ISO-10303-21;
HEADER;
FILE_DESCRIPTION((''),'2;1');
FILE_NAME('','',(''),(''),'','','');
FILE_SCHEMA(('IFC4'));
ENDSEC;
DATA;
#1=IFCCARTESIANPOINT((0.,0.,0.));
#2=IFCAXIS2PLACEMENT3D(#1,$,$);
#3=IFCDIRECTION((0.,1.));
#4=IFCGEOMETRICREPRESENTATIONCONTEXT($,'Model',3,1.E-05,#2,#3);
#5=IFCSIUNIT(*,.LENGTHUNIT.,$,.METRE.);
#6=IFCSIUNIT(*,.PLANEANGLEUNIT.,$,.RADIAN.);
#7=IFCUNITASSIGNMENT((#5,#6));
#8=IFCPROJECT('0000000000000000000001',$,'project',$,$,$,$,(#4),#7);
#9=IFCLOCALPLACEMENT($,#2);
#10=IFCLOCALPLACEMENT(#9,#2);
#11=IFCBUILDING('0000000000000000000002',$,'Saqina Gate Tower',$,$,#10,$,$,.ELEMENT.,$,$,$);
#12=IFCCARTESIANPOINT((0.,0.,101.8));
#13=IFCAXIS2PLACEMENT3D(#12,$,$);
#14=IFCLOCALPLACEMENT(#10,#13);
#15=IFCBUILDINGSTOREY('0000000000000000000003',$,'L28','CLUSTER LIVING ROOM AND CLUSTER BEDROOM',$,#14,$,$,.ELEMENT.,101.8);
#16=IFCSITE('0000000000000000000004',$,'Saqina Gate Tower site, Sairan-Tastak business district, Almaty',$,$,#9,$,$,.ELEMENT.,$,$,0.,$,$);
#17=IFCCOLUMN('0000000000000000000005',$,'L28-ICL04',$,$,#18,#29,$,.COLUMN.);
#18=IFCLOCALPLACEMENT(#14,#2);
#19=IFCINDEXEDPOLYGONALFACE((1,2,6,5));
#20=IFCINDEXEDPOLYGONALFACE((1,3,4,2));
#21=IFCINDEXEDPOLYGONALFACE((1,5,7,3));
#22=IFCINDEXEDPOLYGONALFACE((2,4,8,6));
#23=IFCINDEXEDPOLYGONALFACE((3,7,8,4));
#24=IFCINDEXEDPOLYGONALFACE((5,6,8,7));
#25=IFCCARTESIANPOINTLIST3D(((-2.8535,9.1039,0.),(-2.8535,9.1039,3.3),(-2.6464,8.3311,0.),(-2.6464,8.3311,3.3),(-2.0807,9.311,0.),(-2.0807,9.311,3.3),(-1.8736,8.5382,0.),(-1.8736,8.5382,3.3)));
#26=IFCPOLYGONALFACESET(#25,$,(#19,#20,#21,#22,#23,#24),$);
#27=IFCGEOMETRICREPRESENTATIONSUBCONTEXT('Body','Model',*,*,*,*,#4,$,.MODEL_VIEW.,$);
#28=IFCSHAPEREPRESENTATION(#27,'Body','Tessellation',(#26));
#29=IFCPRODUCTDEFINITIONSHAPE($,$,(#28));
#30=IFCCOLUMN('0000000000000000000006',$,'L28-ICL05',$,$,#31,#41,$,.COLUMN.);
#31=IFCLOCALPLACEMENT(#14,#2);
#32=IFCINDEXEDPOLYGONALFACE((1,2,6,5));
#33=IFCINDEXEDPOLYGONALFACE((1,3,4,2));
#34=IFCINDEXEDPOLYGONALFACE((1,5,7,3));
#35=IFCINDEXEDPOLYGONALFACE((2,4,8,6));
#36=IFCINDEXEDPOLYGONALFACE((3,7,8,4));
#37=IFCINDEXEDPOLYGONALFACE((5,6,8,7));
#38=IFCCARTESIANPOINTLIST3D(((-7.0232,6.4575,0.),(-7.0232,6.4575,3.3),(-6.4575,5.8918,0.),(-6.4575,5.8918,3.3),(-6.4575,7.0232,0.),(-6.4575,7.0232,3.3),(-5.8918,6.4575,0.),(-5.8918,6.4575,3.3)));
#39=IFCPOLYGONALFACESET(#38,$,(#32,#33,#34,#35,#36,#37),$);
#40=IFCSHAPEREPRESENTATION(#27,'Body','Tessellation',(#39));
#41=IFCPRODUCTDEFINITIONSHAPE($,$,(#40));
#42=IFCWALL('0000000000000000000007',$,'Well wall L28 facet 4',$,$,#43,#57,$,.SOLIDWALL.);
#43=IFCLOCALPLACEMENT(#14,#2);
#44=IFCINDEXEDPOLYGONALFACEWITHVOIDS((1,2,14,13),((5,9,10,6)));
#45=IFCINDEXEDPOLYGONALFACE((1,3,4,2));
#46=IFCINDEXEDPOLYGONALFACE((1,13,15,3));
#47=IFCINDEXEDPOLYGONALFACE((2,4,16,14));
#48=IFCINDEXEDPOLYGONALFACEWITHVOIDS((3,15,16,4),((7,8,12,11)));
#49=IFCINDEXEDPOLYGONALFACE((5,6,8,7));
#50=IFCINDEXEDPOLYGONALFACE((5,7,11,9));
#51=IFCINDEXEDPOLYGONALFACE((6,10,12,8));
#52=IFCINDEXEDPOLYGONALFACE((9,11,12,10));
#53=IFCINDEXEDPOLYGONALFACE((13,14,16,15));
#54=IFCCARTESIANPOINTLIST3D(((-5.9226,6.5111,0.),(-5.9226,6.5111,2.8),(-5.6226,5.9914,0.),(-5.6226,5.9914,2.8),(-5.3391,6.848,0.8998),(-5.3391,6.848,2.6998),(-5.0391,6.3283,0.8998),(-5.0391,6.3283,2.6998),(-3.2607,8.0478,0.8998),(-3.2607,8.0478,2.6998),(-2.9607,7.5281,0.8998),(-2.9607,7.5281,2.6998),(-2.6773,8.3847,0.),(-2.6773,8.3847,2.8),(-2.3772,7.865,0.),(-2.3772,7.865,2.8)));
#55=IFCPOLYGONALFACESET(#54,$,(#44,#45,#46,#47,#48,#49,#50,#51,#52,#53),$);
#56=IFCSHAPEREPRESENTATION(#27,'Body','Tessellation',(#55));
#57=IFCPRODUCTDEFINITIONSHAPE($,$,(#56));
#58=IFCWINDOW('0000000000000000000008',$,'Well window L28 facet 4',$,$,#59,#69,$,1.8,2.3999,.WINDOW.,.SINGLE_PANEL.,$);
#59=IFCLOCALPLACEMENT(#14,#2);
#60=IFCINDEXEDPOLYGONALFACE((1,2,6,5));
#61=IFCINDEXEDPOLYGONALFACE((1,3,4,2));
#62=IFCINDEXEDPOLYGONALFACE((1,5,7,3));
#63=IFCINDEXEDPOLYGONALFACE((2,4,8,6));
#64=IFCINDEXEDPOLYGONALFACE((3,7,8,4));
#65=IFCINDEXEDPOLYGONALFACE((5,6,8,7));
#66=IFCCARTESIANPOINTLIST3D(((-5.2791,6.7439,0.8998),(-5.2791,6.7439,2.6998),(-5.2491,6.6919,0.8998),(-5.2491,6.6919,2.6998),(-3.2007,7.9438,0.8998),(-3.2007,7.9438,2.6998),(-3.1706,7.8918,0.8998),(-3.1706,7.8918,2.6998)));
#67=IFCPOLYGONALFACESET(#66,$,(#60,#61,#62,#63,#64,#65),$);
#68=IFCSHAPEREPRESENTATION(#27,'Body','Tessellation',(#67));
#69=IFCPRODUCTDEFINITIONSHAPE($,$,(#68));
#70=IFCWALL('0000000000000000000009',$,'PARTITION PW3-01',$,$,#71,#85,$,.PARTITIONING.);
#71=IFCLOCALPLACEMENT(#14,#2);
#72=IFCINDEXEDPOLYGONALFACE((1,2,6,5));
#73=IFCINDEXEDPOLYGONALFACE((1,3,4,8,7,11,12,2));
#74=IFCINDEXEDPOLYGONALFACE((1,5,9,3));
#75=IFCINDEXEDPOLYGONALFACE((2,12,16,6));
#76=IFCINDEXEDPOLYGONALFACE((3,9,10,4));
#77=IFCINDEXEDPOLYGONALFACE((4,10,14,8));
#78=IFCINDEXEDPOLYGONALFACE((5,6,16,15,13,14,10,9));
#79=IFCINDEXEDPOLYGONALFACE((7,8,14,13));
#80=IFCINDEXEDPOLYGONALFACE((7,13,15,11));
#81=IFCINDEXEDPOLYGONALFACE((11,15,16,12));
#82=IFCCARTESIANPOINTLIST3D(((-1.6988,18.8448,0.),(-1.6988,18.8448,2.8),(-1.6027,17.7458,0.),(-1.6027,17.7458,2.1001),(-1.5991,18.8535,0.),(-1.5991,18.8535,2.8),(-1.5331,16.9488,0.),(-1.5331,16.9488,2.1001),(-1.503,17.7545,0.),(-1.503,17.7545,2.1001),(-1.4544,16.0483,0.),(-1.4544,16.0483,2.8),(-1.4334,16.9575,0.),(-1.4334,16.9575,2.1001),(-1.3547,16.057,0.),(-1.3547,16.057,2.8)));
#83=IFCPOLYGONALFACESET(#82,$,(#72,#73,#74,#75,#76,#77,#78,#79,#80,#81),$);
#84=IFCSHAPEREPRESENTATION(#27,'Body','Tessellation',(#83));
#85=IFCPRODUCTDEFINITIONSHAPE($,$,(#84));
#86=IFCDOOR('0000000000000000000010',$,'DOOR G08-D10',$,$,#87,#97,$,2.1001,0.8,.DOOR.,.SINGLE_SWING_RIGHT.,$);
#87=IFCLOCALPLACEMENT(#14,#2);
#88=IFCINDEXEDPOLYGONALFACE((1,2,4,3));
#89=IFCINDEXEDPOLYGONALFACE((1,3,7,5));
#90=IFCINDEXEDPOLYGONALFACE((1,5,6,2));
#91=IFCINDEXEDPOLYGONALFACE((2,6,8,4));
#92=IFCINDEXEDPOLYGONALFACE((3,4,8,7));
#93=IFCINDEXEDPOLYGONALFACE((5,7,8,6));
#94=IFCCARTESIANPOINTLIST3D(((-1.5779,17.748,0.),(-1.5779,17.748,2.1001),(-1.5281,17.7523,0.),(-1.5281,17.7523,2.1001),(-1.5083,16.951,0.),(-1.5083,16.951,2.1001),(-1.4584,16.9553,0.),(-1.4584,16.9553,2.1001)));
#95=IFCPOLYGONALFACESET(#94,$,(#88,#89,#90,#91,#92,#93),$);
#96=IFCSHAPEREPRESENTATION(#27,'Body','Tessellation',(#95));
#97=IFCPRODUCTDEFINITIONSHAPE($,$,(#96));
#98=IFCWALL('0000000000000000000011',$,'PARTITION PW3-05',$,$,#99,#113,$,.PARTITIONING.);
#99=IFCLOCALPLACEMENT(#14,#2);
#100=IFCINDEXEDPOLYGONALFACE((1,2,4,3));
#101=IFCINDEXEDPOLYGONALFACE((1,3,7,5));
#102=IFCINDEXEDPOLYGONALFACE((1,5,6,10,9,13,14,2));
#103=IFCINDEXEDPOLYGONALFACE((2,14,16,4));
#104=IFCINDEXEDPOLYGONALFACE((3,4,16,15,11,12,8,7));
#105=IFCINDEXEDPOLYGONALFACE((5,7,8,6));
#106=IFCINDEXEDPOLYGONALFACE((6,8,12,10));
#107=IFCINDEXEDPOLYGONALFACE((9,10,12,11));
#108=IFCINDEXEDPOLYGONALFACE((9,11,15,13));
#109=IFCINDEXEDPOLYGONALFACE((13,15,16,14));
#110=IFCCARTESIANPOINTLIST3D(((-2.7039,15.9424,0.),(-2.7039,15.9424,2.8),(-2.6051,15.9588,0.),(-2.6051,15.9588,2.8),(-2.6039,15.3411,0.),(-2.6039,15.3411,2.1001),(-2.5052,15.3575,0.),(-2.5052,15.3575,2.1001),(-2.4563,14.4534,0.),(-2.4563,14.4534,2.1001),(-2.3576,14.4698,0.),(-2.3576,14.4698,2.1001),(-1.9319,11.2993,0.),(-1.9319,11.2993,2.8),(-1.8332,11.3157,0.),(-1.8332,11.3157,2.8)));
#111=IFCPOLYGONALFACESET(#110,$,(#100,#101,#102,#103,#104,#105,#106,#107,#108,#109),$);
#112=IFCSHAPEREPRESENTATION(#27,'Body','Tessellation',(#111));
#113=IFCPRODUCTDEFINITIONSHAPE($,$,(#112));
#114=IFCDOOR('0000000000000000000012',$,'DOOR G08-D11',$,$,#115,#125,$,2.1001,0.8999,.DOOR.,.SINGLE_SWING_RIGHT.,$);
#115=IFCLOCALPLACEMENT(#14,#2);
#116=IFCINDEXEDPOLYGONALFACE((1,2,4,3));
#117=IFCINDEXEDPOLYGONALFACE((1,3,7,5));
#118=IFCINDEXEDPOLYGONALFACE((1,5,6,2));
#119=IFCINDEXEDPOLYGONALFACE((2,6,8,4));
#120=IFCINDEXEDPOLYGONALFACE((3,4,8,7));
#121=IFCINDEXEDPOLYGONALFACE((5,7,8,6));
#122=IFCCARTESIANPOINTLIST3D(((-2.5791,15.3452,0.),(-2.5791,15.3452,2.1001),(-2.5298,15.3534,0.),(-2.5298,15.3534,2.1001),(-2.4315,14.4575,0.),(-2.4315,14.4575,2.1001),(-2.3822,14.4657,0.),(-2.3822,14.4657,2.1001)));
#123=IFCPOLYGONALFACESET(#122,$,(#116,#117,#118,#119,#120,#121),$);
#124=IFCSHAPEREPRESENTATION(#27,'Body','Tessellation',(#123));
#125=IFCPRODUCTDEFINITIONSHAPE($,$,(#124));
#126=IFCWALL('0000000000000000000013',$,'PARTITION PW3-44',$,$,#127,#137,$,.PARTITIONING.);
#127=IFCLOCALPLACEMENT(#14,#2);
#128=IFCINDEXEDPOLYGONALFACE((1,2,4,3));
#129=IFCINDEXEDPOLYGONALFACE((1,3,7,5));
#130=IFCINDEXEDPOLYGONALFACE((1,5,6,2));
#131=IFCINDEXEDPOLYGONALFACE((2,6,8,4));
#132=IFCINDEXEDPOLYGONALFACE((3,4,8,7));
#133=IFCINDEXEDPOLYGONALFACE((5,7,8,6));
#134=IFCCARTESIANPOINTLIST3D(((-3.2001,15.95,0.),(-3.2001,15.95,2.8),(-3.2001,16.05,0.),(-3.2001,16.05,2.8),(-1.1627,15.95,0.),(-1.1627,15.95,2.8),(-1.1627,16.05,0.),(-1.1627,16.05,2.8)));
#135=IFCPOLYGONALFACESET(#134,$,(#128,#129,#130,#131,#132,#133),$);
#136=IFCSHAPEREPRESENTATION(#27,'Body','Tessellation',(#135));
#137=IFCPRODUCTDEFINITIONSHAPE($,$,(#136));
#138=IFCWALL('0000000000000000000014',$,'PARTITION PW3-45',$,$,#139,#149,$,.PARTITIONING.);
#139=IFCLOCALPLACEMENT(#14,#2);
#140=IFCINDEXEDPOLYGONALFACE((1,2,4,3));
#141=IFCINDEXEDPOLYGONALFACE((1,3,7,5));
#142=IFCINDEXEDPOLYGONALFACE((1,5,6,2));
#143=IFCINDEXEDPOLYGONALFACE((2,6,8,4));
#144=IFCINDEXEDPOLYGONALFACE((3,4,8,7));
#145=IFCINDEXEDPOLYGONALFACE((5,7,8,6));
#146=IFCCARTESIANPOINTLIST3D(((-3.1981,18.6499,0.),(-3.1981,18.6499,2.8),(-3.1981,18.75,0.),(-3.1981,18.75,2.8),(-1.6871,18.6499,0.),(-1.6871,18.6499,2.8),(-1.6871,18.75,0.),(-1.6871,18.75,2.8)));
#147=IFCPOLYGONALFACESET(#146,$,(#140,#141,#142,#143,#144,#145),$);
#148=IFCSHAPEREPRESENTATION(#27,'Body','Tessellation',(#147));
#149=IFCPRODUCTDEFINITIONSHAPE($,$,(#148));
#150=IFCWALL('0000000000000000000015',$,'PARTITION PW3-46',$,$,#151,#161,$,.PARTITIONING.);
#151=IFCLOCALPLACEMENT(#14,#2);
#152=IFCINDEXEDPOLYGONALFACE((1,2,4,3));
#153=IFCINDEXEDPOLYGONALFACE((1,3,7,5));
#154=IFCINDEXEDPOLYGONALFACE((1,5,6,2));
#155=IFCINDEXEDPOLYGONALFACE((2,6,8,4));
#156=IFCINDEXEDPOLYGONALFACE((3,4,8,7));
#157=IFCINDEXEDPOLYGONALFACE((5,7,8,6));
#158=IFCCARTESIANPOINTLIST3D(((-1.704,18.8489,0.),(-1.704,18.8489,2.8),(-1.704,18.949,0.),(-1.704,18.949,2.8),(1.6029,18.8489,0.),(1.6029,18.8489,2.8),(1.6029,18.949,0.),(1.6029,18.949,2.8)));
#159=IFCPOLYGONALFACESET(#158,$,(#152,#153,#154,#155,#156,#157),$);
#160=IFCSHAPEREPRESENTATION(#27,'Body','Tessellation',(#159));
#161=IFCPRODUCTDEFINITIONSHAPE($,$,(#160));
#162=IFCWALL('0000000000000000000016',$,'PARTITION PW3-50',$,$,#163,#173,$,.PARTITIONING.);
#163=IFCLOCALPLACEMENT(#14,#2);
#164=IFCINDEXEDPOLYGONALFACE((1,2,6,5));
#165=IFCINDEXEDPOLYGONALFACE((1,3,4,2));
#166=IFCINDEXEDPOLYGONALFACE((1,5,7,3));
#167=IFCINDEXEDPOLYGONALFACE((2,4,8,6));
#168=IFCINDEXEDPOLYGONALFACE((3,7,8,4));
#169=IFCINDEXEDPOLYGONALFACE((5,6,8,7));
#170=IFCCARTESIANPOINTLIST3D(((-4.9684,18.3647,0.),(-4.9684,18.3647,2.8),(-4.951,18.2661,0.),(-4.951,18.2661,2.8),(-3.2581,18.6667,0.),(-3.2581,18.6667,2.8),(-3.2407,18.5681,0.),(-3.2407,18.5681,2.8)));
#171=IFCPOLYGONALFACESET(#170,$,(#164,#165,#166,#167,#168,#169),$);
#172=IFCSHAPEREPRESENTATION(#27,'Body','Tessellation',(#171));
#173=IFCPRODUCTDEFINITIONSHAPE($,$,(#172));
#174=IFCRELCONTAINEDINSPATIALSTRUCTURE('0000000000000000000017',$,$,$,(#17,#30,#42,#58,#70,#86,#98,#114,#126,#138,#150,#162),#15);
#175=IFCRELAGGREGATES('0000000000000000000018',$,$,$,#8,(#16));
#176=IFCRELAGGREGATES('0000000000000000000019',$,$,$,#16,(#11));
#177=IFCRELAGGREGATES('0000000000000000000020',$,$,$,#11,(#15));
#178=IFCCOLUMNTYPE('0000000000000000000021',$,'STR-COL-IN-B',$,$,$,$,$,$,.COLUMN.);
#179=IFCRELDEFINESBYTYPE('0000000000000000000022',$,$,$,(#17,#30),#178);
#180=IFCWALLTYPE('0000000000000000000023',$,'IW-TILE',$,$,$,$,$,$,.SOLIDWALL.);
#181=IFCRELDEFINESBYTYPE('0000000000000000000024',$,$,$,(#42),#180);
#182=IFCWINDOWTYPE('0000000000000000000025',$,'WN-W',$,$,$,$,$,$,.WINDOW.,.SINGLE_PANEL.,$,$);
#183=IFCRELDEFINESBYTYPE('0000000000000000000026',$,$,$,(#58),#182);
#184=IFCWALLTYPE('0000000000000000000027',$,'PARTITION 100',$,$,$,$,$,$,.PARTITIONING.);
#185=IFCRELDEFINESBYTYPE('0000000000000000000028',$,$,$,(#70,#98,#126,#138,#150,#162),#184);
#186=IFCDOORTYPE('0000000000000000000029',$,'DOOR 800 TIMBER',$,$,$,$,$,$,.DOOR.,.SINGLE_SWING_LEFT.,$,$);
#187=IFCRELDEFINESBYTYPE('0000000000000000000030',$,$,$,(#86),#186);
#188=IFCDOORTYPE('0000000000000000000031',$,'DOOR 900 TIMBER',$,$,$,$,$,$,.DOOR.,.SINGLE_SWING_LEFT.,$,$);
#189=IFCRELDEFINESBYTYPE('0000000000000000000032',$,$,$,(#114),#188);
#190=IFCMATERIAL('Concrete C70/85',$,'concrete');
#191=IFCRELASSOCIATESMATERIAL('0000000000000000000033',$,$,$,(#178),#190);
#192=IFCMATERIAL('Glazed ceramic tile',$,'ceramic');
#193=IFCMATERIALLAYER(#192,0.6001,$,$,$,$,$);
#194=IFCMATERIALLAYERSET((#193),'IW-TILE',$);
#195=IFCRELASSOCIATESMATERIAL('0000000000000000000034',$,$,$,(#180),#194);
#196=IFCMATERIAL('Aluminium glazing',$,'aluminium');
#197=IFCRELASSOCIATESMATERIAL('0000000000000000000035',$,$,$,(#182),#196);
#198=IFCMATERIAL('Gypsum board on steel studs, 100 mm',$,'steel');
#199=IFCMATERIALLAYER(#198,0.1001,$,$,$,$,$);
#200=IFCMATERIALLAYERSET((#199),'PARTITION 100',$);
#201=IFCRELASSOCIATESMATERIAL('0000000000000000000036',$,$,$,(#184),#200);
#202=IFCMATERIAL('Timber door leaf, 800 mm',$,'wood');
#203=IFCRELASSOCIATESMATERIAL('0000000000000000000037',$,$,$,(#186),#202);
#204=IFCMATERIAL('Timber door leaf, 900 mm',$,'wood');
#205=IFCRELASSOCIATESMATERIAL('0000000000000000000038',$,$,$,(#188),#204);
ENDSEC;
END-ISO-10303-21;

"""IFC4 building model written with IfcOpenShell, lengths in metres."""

from ifc_helpers import new_model, si_unit, direction, frame, frame_2d, origin, origin_2d, place, context, subcontext, project, spatial, rectangle, extrude, material, layer, layer_set, material_profile, profile_set, type_object, element, fill, save


model = new_model("IFC4")

# Units and contexts
model_context = context("Model", 3, precision=1e-05, world=origin(), true_north=direction((0.0, 1.0)))
body_context = subcontext(model_context, "Body", "Model", "MODEL_VIEW")
ifc_project = project(units=[si_unit("LENGTHUNIT", "METRE"), si_unit("PLANEANGLEUNIT", "RADIAN")], contexts=[model_context])

# Site, building, storey
site_placement = place(None, origin())
site = spatial("IfcSite", under=ifc_project, at=site_placement, Name="Saqina Gate Tower site, Sairan-Tastak business district, Almaty", CompositionType="ELEMENT", RefElevation=0.0)
building_placement = place(site_placement, origin())
building = spatial("IfcBuilding", under=site, at=building_placement, Name="Saqina Gate Tower", CompositionType="ELEMENT")
storey_placement = place(building_placement, frame((0.0, 0.0, 101.8)))
storey = spatial("IfcBuildingStorey", under=building, at=storey_placement, Name="L28", Description="CLUSTER LIVING ROOM AND CLUSTER BEDROOM", CompositionType="ELEMENT", Elevation=101.8)

# Columns
ifc_material_1 = material(Name="Concrete C70/85", Category="concrete")
ifc_material_profile = material_profile(ifc_material_1, rectangle(XDim=0.8, YDim=0.8, at=origin_2d()), Name="RC 800x800")
ifc_profile_set = profile_set([ifc_material_profile], Name="Concrete C70/85")
column_type = type_object("IfcColumnType", Name="STR-COL-IN-B", PredefinedType="COLUMN", material=ifc_profile_set)
for number, where, z_axis, x_axis, name in (
    (1, (-2.3635, 8.821, 0.0), (0.0, 0.0, 1.0), (-0.258819, 0.965926, 0.0), "L28-ICL04"),
    (2, (-6.4575, 6.4575, 0.0), (0.0, 0.0, 1.0), (-0.707107, 0.707107, 0.0), "L28-ICL05"),
):
    element("IfcColumn", number, at=place(storey_placement, frame(where, z_axis=z_axis, x_axis=x_axis)), inside=storey, type_object=column_type, Name=name, PredefinedType="COLUMN", context=body_context, shape_type="SweptSolid", body=[
        extrude(rectangle(XDim=0.8, YDim=0.8, at=origin_2d()), origin(), (0.0, 0.0, 1.0), 3.3),
    ])

# Wall, opening, window
ifc_material_2 = material(Name="Glazed ceramic tile", Category="ceramic")
ifc_layer_1 = layer(ifc_material_2, 0.6001)
ifc_layer_set_1 = layer_set([ifc_layer_1], Name="IW-TILE")
wall_type_1 = type_object("IfcWallType", Name="IW-TILE", PredefinedType="SOLIDWALL", material=ifc_layer_set_1)
wall_1_placement = place(storey_placement, frame((-2.5273, 8.1248, 0.0), z_axis=(0.0, 0.0, 1.0), x_axis=(-0.866046, -0.499965, 0.0)))
wall_1 = element("IfcWall", 3, at=wall_1_placement, inside=storey, type_object=wall_type_1, Name="Well wall L28 facet 4", PredefinedType="SOLIDWALL", context=body_context, shape_type="SweptSolid", body=[
    extrude(rectangle(XDim=3.7473, YDim=0.6001, at=frame_2d((1.8735, 0.0))), origin(), (0.0, 0.0, 1.0), 2.8),
])
opening_1_placement = place(wall_1_placement, frame((0.6736, 0.0, 0.8999)))
opening_1 = element("IfcOpeningElement", 4, at=opening_1_placement, cuts=wall_1, PredefinedType="OPENING", context=body_context, shape_type="SweptSolid", body=[
    extrude(rectangle(XDim=2.3999, YDim=1.8, at=frame_2d((1.2, 0.8999))), frame((0.0, 0.312, 0.0), z_axis=(0.0, -1.0, 0.0), x_axis=(1.0, 0.0, 0.0)), (0.0, 0.0, 1.0), 0.624),
])
ifc_material_3 = material(Name="Aluminium glazing", Category="aluminium")
window_type = type_object("IfcWindowType", Name="WN-W", PartitioningType="SINGLE_PANEL", PredefinedType="WINDOW", material=ifc_material_3)
window_placement = place(opening_1_placement, origin())
window = element("IfcWindow", 5, at=window_placement, inside=storey, type_object=window_type, Name="Well window L28 facet 4", OverallHeight=1.8, OverallWidth=2.3999, PartitioningType="SINGLE_PANEL", PredefinedType="WINDOW", context=body_context, shape_type="SweptSolid", body=[
    extrude(rectangle(XDim=2.3999, YDim=1.8, at=frame_2d((1.2, 0.8999))), frame((0.0, -0.1199, 0.0), z_axis=(0.0, -1.0, 0.0), x_axis=(1.0, 0.0, 0.0)), (0.0, 0.0, 1.0), 0.0601),
])
fill(opening_1, window)

# Walls, openings, doors
ifc_material_4 = material(Name="Gypsum board on steel studs, 100 mm", Category="steel")
ifc_layer_2 = layer(ifc_material_4, 0.1001)
ifc_layer_set_2 = layer_set([ifc_layer_2], Name="PARTITION 100")
wall_type_2 = type_object("IfcWallType", Name="PARTITION 100", PredefinedType="PARTITIONING", material=ifc_layer_set_2)
wall_2_placement = place(storey_placement, frame((-1.6489, 18.8491, 0.0), z_axis=(0.0, 0.0, 1.0), x_axis=(0.087061, -0.996203, 0.0)))
wall_2 = element("IfcWall", 6, at=wall_2_placement, inside=storey, type_object=wall_type_2, Name="PARTITION PW3-01", PredefinedType="PARTITIONING", context=body_context, shape_type="SweptSolid", body=[
    extrude(rectangle(XDim=2.8071, YDim=0.1001, at=frame_2d((1.4036, 0.0))), origin(), (0.0, 0.0, 1.0), 2.8),
])
opening_2_placement = place(wall_2_placement, frame((1.1033, 0.0, 0.0)))
opening_2 = element("IfcOpeningElement", 7, at=opening_2_placement, cuts=wall_2, PredefinedType="OPENING", context=body_context, shape_type="SweptSolid", body=[
    extrude(rectangle(XDim=0.8, YDim=2.1001, at=frame_2d((0.3999, 1.05))), frame((0.0, 0.062, 0.0), z_axis=(0.0, -1.0, 0.0), x_axis=(1.0, 0.0, 0.0)), (0.0, 0.0, 1.0), 0.124),
])
ifc_material_5 = material(Name="Timber door leaf, 800 mm", Category="wood")
door_type_1 = type_object("IfcDoorType", Name="DOOR 800 TIMBER", OperationType="SINGLE_SWING_LEFT", PredefinedType="DOOR", material=ifc_material_5)
door_1_placement = place(opening_2_placement, origin())
door_1 = element("IfcDoor", 8, at=door_1_placement, inside=storey, type_object=door_type_1, Name="DOOR G08-D10", OperationType="SINGLE_SWING_RIGHT", OverallHeight=2.1001, OverallWidth=0.8, PredefinedType="DOOR", context=body_context, shape_type="SweptSolid", body=[
    extrude(rectangle(XDim=0.8, YDim=2.1001, at=frame_2d((0.3999, 1.05))), frame((0.0, 0.0249, 0.0), z_axis=(0.0, -1.0, 0.0), x_axis=(1.0, 0.0, 0.0)), (0.0, 0.0, 1.0), 0.05),
])
fill(opening_2, door_1)
wall_3_placement = place(storey_placement, frame((-2.6545, 15.9507, 0.0), z_axis=(0.0, 0.0, 1.0), x_axis=(0.164012, -0.986458, 0.0)))
wall_3 = element("IfcWall", 9, at=wall_3_placement, inside=storey, type_object=wall_type_2, Name="PARTITION PW3-05", PredefinedType="PARTITIONING", context=body_context, shape_type="SweptSolid", body=[
    extrude(rectangle(XDim=4.7068, YDim=0.1001, at=frame_2d((2.3535, 0.0))), origin(), (0.0, 0.0, 1.0), 2.8),
])
opening_3_placement = place(wall_3_placement, frame((0.6096, 0.0, 0.0)))
opening_3 = element("IfcOpeningElement", 10, at=opening_3_placement, cuts=wall_3, PredefinedType="OPENING", context=body_context, shape_type="SweptSolid", body=[
    extrude(rectangle(XDim=0.8999, YDim=2.1001, at=frame_2d((0.45, 1.05))), frame((0.0, 0.062, 0.0), z_axis=(0.0, -1.0, 0.0), x_axis=(1.0, 0.0, 0.0)), (0.0, 0.0, 1.0), 0.124),
])
ifc_material_6 = material(Name="Timber door leaf, 900 mm", Category="wood")
door_type_2 = type_object("IfcDoorType", Name="DOOR 900 TIMBER", OperationType="SINGLE_SWING_LEFT", PredefinedType="DOOR", material=ifc_material_6)
door_2_placement = place(opening_3_placement, frame((0.8999, 0.0, 0.0), z_axis=(0.0, 0.0, 1.0), x_axis=(-1.0, 0.0, 0.0)))
door_2 = element("IfcDoor", 11, at=door_2_placement, inside=storey, type_object=door_type_2, Name="DOOR G08-D11", OperationType="SINGLE_SWING_RIGHT", OverallHeight=2.1001, OverallWidth=0.8999, PredefinedType="DOOR", context=body_context, shape_type="SweptSolid", body=[
    extrude(rectangle(XDim=0.8999, YDim=2.1001, at=frame_2d((0.45, 1.05))), frame((0.0, 0.0249, 0.0), z_axis=(0.0, -1.0, 0.0), x_axis=(1.0, 0.0, 0.0)), (0.0, 0.0, 1.0), 0.05),
])
fill(opening_3, door_2)

# Walls
wall_4_placement = place(storey_placement, frame((-3.2, 16.0, 0.0), z_axis=(0.0, 0.0, 1.0), x_axis=(1.0, 0.0, 0.0)))
element("IfcWall", 12, at=wall_4_placement, inside=storey, type_object=wall_type_2, Name="PARTITION PW3-44", PredefinedType="PARTITIONING", context=body_context, shape_type="SweptSolid", body=[
    extrude(rectangle(XDim=2.0374, YDim=0.1001, at=frame_2d((1.0186, 0.0))), origin(), (0.0, 0.0, 1.0), 2.8),
])
wall_5_placement = place(storey_placement, frame((-3.198, 18.7, 0.0), z_axis=(0.0, 0.0, 1.0), x_axis=(1.0, 0.0, 0.0)))
element("IfcWall", 13, at=wall_5_placement, inside=storey, type_object=wall_type_2, Name="PARTITION PW3-45", PredefinedType="PARTITIONING", context=body_context, shape_type="SweptSolid", body=[
    extrude(rectangle(XDim=1.511, YDim=0.1001, at=frame_2d((0.7554, 0.0))), origin(), (0.0, 0.0, 1.0), 2.8),
])
wall_6_placement = place(storey_placement, frame((-1.7039, 18.8989, 0.0), z_axis=(0.0, 0.0, 1.0), x_axis=(1.0, 0.0, 0.0)))
element("IfcWall", 14, at=wall_6_placement, inside=storey, type_object=wall_type_2, Name="PARTITION PW3-46", PredefinedType="PARTITIONING", context=body_context, shape_type="SweptSolid", body=[
    extrude(rectangle(XDim=3.3069, YDim=0.1001, at=frame_2d((1.6533, 0.0))), origin(), (0.0, 0.0, 1.0), 2.8),
])
wall_7_placement = place(storey_placement, frame((-4.9597, 18.3154, 0.0), z_axis=(0.0, 0.0, 1.0), x_axis=(0.984768, 0.173874, 0.0)))
element("IfcWall", 15, at=wall_7_placement, inside=storey, type_object=wall_type_2, Name="PARTITION PW3-50", PredefinedType="PARTITIONING", context=body_context, shape_type="SweptSolid", body=[
    extrude(rectangle(XDim=1.7368, YDim=0.1001, at=frame_2d((0.8684, 0.0))), origin(), (0.0, 0.0, 1.0), 2.8),
])

save(model, "model.ifc")
